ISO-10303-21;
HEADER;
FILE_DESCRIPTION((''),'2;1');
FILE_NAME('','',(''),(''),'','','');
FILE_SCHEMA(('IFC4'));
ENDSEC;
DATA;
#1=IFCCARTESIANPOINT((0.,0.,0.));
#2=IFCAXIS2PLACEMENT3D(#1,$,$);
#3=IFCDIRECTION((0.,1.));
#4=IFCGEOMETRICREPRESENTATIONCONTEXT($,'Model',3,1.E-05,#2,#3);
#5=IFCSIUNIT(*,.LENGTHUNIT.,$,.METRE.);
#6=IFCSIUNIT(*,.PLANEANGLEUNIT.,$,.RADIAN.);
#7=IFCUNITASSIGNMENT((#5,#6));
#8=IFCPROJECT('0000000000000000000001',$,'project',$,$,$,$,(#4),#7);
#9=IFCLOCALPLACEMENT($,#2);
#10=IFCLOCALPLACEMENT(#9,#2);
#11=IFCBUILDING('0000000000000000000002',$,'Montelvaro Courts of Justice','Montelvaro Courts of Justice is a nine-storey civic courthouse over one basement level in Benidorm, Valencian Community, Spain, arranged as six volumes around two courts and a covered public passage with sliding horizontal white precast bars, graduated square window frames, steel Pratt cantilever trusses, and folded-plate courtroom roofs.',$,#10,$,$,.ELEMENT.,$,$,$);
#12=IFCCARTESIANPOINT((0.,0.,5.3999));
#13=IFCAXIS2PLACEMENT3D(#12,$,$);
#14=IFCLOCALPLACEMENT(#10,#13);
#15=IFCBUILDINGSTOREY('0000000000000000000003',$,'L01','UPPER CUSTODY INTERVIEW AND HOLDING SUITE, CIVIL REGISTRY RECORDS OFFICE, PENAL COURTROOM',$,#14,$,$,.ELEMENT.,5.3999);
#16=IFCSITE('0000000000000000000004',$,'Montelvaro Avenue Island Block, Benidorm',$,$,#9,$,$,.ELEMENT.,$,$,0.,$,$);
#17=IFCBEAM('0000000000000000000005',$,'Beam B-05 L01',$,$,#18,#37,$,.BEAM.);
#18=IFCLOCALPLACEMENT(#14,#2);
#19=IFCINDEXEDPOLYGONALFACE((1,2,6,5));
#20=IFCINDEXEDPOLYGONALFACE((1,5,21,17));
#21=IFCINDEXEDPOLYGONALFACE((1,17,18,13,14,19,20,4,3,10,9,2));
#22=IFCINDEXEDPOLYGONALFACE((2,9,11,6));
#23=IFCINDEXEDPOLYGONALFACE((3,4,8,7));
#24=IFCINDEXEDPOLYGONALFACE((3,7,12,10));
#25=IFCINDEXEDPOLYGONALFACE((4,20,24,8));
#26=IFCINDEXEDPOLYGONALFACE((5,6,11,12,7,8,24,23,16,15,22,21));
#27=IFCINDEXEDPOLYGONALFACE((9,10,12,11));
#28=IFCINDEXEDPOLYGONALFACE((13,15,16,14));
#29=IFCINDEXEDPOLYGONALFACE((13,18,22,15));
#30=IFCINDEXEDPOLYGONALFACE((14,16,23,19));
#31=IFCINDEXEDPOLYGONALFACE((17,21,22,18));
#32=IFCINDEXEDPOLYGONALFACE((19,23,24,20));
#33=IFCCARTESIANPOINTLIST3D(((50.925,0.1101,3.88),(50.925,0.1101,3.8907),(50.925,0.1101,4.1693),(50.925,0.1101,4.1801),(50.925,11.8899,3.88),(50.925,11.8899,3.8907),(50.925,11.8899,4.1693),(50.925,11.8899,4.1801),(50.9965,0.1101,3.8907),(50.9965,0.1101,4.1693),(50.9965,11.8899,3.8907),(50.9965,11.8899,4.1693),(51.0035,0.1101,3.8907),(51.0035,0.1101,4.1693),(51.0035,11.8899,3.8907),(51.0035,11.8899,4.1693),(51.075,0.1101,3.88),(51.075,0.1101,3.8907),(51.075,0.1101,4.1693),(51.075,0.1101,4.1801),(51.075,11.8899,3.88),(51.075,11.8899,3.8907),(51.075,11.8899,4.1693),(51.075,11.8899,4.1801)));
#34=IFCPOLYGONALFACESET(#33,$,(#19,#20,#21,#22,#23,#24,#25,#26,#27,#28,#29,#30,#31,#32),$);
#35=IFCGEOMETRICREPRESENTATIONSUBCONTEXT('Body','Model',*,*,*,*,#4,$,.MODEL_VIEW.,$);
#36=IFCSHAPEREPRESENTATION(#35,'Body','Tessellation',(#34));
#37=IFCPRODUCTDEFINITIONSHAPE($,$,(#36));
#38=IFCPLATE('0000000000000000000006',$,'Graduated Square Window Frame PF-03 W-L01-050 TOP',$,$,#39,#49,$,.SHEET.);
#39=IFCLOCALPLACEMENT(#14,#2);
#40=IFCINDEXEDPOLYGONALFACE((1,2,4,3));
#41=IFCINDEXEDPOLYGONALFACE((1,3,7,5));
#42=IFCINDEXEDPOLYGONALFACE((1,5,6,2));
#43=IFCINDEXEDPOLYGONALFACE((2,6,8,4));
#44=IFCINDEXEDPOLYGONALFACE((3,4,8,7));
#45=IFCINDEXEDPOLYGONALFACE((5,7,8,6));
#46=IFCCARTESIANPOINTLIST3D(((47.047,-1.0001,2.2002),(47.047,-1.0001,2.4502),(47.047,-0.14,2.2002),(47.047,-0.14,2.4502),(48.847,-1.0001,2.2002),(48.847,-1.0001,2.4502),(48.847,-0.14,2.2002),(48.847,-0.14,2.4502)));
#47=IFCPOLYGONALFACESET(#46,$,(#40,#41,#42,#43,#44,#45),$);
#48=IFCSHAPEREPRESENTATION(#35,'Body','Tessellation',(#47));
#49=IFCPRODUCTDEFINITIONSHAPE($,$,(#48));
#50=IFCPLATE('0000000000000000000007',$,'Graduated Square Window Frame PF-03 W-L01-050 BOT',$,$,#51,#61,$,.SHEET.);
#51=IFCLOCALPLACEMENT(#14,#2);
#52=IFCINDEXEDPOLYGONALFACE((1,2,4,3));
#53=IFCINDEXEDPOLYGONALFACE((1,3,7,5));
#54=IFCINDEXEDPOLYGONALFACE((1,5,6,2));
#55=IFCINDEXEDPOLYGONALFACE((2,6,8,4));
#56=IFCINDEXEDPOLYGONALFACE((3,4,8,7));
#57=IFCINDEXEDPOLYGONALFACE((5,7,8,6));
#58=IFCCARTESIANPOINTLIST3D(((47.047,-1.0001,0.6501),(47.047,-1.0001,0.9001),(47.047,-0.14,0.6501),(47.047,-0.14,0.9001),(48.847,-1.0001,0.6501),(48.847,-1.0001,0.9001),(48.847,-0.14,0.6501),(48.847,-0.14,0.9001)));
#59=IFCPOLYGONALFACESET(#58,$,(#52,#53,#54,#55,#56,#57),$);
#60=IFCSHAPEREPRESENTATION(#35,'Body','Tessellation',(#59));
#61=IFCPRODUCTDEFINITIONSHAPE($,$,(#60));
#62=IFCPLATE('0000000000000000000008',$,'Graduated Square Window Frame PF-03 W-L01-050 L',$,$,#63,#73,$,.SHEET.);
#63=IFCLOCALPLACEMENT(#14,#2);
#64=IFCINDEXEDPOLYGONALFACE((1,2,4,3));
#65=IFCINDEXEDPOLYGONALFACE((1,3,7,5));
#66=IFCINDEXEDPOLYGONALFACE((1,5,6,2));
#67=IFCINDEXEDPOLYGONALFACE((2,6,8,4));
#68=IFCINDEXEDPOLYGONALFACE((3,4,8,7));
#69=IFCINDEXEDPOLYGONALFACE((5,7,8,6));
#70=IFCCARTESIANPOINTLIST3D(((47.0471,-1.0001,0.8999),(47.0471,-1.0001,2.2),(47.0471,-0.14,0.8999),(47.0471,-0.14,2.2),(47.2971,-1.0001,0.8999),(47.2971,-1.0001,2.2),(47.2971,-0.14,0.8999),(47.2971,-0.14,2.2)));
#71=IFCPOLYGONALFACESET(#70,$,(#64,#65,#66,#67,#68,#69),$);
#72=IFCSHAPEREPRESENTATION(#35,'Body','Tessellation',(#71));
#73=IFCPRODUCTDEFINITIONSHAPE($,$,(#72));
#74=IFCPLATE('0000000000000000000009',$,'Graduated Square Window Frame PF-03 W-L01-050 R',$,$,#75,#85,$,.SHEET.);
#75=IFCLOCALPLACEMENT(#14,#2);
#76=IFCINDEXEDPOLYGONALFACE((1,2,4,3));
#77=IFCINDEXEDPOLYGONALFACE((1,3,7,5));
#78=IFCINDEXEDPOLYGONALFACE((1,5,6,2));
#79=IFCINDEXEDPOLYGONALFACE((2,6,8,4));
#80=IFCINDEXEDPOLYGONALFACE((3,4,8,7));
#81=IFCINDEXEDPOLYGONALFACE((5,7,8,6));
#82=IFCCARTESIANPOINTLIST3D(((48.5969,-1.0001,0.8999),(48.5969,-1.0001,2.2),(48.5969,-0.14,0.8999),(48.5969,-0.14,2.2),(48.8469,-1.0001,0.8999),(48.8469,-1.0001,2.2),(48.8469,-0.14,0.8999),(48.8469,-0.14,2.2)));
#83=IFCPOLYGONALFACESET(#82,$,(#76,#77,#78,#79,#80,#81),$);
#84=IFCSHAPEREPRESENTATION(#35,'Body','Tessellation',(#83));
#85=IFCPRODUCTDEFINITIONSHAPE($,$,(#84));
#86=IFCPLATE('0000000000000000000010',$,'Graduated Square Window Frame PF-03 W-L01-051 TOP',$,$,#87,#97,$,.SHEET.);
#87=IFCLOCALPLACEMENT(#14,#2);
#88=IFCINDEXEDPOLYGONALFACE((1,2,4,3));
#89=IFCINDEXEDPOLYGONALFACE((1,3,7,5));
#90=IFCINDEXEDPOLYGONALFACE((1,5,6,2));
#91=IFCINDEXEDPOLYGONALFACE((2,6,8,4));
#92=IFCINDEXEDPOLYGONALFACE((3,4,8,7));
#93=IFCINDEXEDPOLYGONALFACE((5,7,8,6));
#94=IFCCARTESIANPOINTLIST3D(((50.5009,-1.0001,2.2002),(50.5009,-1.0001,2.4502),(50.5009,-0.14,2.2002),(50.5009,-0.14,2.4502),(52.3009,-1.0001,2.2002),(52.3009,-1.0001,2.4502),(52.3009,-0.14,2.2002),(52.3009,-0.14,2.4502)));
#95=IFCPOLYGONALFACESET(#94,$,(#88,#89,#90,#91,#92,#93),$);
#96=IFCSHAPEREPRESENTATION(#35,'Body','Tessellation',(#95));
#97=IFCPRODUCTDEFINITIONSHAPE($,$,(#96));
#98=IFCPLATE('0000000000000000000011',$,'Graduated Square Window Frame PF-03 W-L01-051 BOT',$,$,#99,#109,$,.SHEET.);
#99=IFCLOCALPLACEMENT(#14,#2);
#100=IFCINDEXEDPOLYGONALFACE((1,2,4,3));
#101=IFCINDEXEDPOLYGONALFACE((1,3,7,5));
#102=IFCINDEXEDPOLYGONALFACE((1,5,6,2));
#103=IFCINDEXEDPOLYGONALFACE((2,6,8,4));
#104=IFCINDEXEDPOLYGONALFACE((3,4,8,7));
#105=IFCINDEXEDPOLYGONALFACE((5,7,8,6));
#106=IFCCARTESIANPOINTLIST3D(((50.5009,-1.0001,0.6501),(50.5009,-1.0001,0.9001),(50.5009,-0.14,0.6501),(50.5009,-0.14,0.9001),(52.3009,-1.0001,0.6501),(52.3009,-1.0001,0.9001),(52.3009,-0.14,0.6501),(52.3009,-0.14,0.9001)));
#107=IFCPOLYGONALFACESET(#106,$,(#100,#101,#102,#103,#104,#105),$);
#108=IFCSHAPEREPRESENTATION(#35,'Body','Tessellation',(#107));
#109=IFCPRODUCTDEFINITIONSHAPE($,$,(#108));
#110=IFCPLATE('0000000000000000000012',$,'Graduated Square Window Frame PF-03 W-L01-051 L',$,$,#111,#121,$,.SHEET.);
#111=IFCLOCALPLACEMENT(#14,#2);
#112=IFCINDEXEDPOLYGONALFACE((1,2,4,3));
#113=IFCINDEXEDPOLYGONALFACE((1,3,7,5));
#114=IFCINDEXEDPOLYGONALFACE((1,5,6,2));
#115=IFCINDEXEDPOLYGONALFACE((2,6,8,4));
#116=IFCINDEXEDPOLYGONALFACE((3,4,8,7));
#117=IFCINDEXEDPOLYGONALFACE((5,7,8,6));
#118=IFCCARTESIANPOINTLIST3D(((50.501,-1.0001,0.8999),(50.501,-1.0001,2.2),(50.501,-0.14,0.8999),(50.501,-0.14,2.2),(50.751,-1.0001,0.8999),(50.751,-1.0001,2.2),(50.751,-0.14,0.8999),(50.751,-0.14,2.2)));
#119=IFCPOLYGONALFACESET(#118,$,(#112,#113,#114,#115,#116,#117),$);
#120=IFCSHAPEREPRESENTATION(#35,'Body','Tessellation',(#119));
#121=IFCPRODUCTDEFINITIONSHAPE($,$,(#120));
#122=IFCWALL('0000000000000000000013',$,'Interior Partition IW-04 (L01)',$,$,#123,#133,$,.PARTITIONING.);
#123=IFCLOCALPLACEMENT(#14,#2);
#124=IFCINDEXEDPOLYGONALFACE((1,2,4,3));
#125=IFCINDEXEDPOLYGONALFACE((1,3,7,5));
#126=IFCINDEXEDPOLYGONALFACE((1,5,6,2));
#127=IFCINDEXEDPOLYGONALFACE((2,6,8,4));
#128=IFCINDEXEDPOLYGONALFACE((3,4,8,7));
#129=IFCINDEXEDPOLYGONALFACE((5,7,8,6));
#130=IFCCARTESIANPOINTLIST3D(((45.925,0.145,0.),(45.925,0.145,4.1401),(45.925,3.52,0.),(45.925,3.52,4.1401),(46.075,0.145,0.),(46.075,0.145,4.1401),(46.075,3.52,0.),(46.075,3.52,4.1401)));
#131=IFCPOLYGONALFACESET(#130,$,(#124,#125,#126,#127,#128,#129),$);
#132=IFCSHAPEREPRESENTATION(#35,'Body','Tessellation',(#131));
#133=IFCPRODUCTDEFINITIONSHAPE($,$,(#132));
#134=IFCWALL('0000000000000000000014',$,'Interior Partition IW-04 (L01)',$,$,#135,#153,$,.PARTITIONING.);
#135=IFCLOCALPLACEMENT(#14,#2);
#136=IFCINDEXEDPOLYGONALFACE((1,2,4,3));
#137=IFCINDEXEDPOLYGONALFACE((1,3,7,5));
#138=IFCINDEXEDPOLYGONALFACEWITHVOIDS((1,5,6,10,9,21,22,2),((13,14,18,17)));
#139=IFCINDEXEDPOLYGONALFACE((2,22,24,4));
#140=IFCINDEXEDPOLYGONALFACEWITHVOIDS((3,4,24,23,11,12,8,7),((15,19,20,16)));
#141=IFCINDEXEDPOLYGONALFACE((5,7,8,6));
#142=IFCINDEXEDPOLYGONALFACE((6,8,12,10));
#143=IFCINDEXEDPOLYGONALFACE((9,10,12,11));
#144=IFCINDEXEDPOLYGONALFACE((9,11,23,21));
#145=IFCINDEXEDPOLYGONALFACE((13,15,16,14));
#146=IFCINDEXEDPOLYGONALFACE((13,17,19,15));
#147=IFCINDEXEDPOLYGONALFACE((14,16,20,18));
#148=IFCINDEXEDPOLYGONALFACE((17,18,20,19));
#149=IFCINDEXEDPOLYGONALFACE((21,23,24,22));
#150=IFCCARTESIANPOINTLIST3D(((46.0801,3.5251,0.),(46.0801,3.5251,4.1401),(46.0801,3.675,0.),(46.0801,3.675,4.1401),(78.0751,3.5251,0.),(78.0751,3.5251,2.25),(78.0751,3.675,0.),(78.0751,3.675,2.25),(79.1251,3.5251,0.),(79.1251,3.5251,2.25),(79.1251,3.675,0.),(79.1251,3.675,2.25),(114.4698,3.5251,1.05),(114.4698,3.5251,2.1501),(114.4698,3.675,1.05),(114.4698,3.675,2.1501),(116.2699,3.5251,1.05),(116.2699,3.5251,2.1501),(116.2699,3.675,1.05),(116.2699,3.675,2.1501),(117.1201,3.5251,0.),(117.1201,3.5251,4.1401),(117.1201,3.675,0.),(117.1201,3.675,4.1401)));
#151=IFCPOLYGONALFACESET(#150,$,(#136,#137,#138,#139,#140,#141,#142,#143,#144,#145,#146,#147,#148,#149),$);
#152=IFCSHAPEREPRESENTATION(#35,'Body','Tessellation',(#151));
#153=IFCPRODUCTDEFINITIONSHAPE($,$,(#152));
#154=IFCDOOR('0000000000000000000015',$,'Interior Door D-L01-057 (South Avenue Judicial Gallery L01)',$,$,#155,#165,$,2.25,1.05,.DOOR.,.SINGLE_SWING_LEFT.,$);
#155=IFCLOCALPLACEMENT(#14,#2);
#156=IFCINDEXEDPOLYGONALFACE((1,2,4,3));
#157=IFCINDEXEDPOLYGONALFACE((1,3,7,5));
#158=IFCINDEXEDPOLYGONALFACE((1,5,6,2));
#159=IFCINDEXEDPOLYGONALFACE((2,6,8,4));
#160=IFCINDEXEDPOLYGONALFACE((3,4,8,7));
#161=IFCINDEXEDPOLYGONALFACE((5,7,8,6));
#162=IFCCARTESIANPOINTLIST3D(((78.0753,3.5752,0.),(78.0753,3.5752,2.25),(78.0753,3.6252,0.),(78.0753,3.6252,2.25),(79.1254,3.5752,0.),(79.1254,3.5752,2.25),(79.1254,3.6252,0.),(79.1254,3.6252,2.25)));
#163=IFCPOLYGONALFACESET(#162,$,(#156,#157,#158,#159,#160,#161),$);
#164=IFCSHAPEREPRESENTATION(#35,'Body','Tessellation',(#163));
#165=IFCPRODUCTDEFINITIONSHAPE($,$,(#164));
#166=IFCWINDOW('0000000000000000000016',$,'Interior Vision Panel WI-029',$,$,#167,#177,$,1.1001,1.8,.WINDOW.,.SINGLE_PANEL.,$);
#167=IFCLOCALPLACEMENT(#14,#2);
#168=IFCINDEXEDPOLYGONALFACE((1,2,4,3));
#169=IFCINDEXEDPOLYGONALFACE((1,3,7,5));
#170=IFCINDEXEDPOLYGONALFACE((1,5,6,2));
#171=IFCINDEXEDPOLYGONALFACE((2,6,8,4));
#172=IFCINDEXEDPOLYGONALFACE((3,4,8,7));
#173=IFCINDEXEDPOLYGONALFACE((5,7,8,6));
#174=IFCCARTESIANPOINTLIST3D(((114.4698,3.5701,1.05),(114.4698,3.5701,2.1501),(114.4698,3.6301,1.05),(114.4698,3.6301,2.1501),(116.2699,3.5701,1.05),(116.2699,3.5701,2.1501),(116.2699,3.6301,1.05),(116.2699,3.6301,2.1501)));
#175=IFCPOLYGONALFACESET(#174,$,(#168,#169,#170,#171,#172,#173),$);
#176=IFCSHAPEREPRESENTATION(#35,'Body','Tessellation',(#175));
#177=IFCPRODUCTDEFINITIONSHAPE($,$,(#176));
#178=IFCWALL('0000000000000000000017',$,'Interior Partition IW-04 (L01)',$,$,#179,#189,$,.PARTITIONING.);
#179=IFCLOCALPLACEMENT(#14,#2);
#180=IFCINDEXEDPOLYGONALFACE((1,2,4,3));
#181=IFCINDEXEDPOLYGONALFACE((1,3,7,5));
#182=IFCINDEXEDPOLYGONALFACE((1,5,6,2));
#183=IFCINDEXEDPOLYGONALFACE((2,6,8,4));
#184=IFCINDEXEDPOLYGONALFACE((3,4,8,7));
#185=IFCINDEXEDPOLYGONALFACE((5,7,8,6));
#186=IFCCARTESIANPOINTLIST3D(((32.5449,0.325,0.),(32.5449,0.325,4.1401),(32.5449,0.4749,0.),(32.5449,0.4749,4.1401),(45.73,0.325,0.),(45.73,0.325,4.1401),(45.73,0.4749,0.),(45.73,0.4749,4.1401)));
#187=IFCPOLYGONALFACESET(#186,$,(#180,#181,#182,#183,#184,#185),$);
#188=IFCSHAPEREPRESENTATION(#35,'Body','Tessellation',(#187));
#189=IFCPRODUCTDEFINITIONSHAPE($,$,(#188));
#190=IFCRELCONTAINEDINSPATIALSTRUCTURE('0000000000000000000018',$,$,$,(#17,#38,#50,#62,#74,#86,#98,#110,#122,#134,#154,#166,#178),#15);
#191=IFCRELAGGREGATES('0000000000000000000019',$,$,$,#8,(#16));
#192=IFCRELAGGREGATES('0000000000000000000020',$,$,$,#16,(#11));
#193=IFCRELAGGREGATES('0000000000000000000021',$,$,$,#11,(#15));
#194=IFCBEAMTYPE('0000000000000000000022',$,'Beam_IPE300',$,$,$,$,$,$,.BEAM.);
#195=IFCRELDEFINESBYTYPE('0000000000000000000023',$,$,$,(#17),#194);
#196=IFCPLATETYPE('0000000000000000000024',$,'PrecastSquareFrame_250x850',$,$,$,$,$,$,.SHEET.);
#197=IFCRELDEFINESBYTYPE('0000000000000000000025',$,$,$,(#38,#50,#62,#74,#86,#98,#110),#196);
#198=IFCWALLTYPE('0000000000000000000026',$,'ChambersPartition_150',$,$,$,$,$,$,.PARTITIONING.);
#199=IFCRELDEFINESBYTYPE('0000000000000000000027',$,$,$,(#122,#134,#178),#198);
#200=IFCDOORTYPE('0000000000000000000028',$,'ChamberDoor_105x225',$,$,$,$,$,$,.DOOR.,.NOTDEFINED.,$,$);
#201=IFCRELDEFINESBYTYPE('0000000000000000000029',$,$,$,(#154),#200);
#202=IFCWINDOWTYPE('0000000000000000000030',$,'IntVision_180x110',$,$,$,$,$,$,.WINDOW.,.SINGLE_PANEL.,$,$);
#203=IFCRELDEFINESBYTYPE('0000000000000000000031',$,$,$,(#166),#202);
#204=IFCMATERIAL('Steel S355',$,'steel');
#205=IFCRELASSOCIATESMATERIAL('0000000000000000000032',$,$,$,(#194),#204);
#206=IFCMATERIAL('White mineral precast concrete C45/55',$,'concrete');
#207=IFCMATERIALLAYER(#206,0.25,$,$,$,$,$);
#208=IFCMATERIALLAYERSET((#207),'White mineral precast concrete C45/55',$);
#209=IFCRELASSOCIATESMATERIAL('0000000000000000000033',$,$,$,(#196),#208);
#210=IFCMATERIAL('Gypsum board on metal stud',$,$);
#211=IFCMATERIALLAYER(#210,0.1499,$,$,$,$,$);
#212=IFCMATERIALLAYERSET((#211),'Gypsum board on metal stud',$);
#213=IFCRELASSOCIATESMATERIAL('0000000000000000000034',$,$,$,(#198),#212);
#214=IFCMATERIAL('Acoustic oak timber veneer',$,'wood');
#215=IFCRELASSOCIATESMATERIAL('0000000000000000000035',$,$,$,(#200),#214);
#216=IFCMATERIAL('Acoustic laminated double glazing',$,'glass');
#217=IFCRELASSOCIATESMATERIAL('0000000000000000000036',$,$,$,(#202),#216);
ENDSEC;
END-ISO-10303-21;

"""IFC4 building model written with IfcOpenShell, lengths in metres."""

from ifc_helpers import new_model, si_unit, direction, frame, frame_2d, origin, origin_2d, place, context, subcontext, project, spatial, rectangle, i_section, extrude, material, layer, layer_set, material_profile, profile_set, type_object, element, fill, save


model = new_model("IFC4")

# Units and contexts
model_context = context("Model", 3, precision=1e-05, world=origin(), true_north=direction((0.0, 1.0)))
body_context = subcontext(model_context, "Body", "Model", "MODEL_VIEW")
ifc_project = project(units=[si_unit("LENGTHUNIT", "METRE"), si_unit("PLANEANGLEUNIT", "RADIAN")], contexts=[model_context])

# Site, building, storey
site_placement = place(None, origin())
site = spatial("IfcSite", under=ifc_project, at=site_placement, Name="Montelvaro Avenue Island Block, Benidorm", CompositionType="ELEMENT", RefElevation=0.0)
building_placement = place(site_placement, origin())
building = spatial("IfcBuilding", under=site, at=building_placement, Name="Montelvaro Courts of Justice", Description="Montelvaro Courts of Justice is a nine-storey civic courthouse over one basement level in Benidorm, Valencian Community, Spain, arranged as six volumes around two courts and a covered public passage with sliding horizontal white precast bars, graduated square window frames, steel Pratt cantilever trusses, and folded-plate courtroom roofs.", CompositionType="ELEMENT")
storey_placement = place(building_placement, frame((0.0, 0.0, 5.3999)))
storey = spatial("IfcBuildingStorey", under=building, at=storey_placement, Name="L01", Description="UPPER CUSTODY INTERVIEW AND HOLDING SUITE, CIVIL REGISTRY RECORDS OFFICE, PENAL COURTROOM", CompositionType="ELEMENT", Elevation=5.3999)

# Beam
ifc_material_1 = material(Name="Steel S355", Category="steel")
ifc_material_profile = material_profile(ifc_material_1, i_section(OverallWidth=0.1499, OverallDepth=0.3, WebThickness=0.0071, FlangeThickness=0.0107, at=origin_2d()), Name="IPE 300")
ifc_profile_set = profile_set([ifc_material_profile], Name="Steel S355")
beam_type = type_object("IfcBeamType", Name="Beam_IPE300", PredefinedType="BEAM", material=ifc_profile_set)
beam_placement = place(storey_placement, frame((51.0, 0.1101, 4.03), z_axis=(0.0, 1.0, 0.0), x_axis=(-1.0, 0.0, 0.0)))
element("IfcBeam", 1, at=beam_placement, inside=storey, type_object=beam_type, Name="Beam B-05 L01", PredefinedType="BEAM", context=body_context, shape_type="SweptSolid", body=[
    extrude(i_section(OverallWidth=0.1499, OverallDepth=0.3, WebThickness=0.0071, FlangeThickness=0.0107, at=origin_2d()), origin(), (0.0, 0.0, 1.0), 11.7798),
])

# Plates
ifc_material_2 = material(Name="White mineral precast concrete C45/55", Category="concrete")
ifc_layer_1 = layer(ifc_material_2, 0.25)
ifc_layer_set_1 = layer_set([ifc_layer_1], Name="White mineral precast concrete C45/55")
plate_type = type_object("IfcPlateType", Name="PrecastSquareFrame_250x850", PredefinedType="SHEET", material=ifc_layer_set_1)
for number, where, z_axis, x_axis, name in (
    (2, (47.947, -0.5701, 2.2002), (0.0, 0.0, 1.0), (1.0, 0.0, 0.0), "Graduated Square Window Frame PF-03 W-L01-050 TOP"),
    (3, (47.947, -0.5701, 0.6501), (0.0, 0.0, 1.0), (1.0, 0.0, 0.0), "Graduated Square Window Frame PF-03 W-L01-050 BOT"),
):
    element("IfcPlate", number, at=place(storey_placement, frame(where, z_axis=z_axis, x_axis=x_axis)), inside=storey, type_object=plate_type, Name=name, PredefinedType="SHEET", context=body_context, shape_type="SweptSolid", body=[
        extrude(rectangle(XDim=1.8, YDim=0.8601, at=origin_2d()), origin(), (0.0, 0.0, 1.0), 0.25),
    ])
for number, where, z_axis, x_axis, name in (
    (4, (47.1721, -0.5701, 0.8999), (0.0, 0.0, 1.0), (1.0, 0.0, 0.0), "Graduated Square Window Frame PF-03 W-L01-050 L"),
    (5, (48.7219, -0.5701, 0.8999), (0.0, 0.0, 1.0), (1.0, 0.0, 0.0), "Graduated Square Window Frame PF-03 W-L01-050 R"),
):
    element("IfcPlate", number, at=place(storey_placement, frame(where, z_axis=z_axis, x_axis=x_axis)), inside=storey, type_object=plate_type, Name=name, PredefinedType="SHEET", context=body_context, shape_type="SweptSolid", body=[
        extrude(rectangle(XDim=0.25, YDim=0.8601, at=origin_2d()), origin(), (0.0, 0.0, 1.0), 1.3),
    ])
for number, where, z_axis, x_axis, name in (
    (6, (51.4009, -0.5701, 2.2002), (0.0, 0.0, 1.0), (1.0, 0.0, 0.0), "Graduated Square Window Frame PF-03 W-L01-051 TOP"),
    (7, (51.4009, -0.5701, 0.6501), (0.0, 0.0, 1.0), (1.0, 0.0, 0.0), "Graduated Square Window Frame PF-03 W-L01-051 BOT"),
):
    element("IfcPlate", number, at=place(storey_placement, frame(where, z_axis=z_axis, x_axis=x_axis)), inside=storey, type_object=plate_type, Name=name, PredefinedType="SHEET", context=body_context, shape_type="SweptSolid", body=[
        extrude(rectangle(XDim=1.8, YDim=0.8601, at=origin_2d()), origin(), (0.0, 0.0, 1.0), 0.25),
    ])
plate_placement = place(storey_placement, frame((50.626, -0.5701, 0.8999), z_axis=(0.0, 0.0, 1.0), x_axis=(1.0, 0.0, 0.0)))
element("IfcPlate", 8, at=plate_placement, inside=storey, type_object=plate_type, Name="Graduated Square Window Frame PF-03 W-L01-051 L", PredefinedType="SHEET", context=body_context, shape_type="SweptSolid", body=[
    extrude(rectangle(XDim=0.25, YDim=0.8601, at=origin_2d()), origin(), (0.0, 0.0, 1.0), 1.3),
])

# Wall
ifc_material_3 = material(Name="Gypsum board on metal stud")
ifc_layer_2 = layer(ifc_material_3, 0.1499)
ifc_layer_set_2 = layer_set([ifc_layer_2], Name="Gypsum board on metal stud")
wall_type_1 = type_object("IfcWallType", Name="ChambersPartition_150", PredefinedType="PARTITIONING", material=ifc_layer_set_2)
wall_1_placement = place(storey_placement, frame((46.0, 0.145, 0.0), z_axis=(0.0, 0.0, 1.0), x_axis=(0.0, 1.0, 0.0)))
element("IfcWall", 9, at=wall_1_placement, inside=storey, type_object=wall_type_1, Name="Interior Partition IW-04 (L01)", PredefinedType="PARTITIONING", context=body_context, shape_type="SweptSolid", body=[
    extrude(rectangle(XDim=3.375, YDim=0.1499, at=frame_2d((1.6875, 0.0))), origin(), (0.0, 0.0, 1.0), 4.1401),
])

# Wall, openings, door, window
wall_2_placement = place(storey_placement, frame((46.0801, 3.6001, 0.0), z_axis=(0.0, 0.0, 1.0), x_axis=(1.0, 0.0, 0.0)))
wall_2 = element("IfcWall", 10, at=wall_2_placement, inside=storey, type_object=wall_type_1, Name="Interior Partition IW-04 (L01)", PredefinedType="PARTITIONING", context=body_context, shape_type="SweptSolid", body=[
    extrude(rectangle(XDim=71.04, YDim=0.1499, at=frame_2d((35.52, 0.0))), origin(), (0.0, 0.0, 1.0), 4.1401),
])
opening_1_placement = place(wall_2_placement, frame((31.9951, 0.0, 0.0)))
opening_1 = element("IfcOpeningElement", 11, at=opening_1_placement, cuts=wall_2, PredefinedType="OPENING", context=body_context, shape_type="SweptSolid", body=[
    extrude(rectangle(XDim=1.05, YDim=2.25, at=frame_2d((0.5249, 1.125))), frame((0.0, 0.0898, 0.0), z_axis=(0.0, -1.0, 0.0), x_axis=(1.0, 0.0, 0.0)), (0.0, 0.0, 1.0), 0.1797),
])
opening_2_placement = place(wall_2_placement, frame((68.3899, 0.0, 1.05)))
opening_2 = element("IfcOpeningElement", 12, at=opening_2_placement, cuts=wall_2, PredefinedType="OPENING", context=body_context, shape_type="SweptSolid", body=[
    extrude(rectangle(XDim=1.8, YDim=1.1001, at=frame_2d((0.8999, 0.55))), frame((0.0, 0.0898, 0.0), z_axis=(0.0, -1.0, 0.0), x_axis=(1.0, 0.0, 0.0)), (0.0, 0.0, 1.0), 0.1797),
])
ifc_material_4 = material(Name="Acoustic oak timber veneer", Category="wood")
door_type_1 = type_object("IfcDoorType", Name="ChamberDoor_105x225", OperationType="NOTDEFINED", PredefinedType="DOOR", material=ifc_material_4)
door_1_placement = place(opening_1_placement, frame((1.05, 0.0, 0.0), z_axis=(0.0, 0.0, 1.0), x_axis=(-1.0, 0.0, 0.0)))
door_1 = element("IfcDoor", 13, at=door_1_placement, inside=storey, type_object=door_type_1, Name="Interior Door D-L01-057 (South Avenue Judicial Gallery L01)", OperationType="SINGLE_SWING_LEFT", OverallHeight=2.25, OverallWidth=1.05, PredefinedType="DOOR", context=body_context, shape_type="SweptSolid", body=[
    extrude(rectangle(XDim=1.05, YDim=2.25, at=frame_2d((0.5249, 1.125))), frame((0.0, 0.0249, 0.0), z_axis=(0.0, -1.0, 0.0), x_axis=(1.0, 0.0, 0.0)), (0.0, 0.0, 1.0), 0.05),
])
fill(opening_1, door_1)
ifc_material_5 = material(Name="Acoustic laminated double glazing", Category="glass")
window_type_1 = type_object("IfcWindowType", Name="IntVision_180x110", PartitioningType="SINGLE_PANEL", PredefinedType="WINDOW", material=ifc_material_5)
window_1_placement = place(opening_2_placement, origin())
window_1 = element("IfcWindow", 14, at=window_1_placement, inside=storey, type_object=window_type_1, Name="Interior Vision Panel WI-029", OverallHeight=1.1001, OverallWidth=1.8, PartitioningType="SINGLE_PANEL", PredefinedType="WINDOW", context=body_context, shape_type="SweptSolid", body=[
    extrude(rectangle(XDim=1.8, YDim=1.1001, at=frame_2d((0.8999, 0.55))), frame((0.0, 0.03, 0.0), z_axis=(0.0, -1.0, 0.0), x_axis=(1.0, 0.0, 0.0)), (0.0, 0.0, 1.0), 0.0601),
])
fill(opening_2, window_1)

# Wall
wall_3_placement = place(storey_placement, frame((45.73, 0.3999, 0.0), z_axis=(0.0, 0.0, 1.0), x_axis=(-1.0, 0.0, 0.0)))
element("IfcWall", 15, at=wall_3_placement, inside=storey, type_object=wall_type_1, Name="Interior Partition IW-04 (L01)", PredefinedType="PARTITIONING", context=body_context, shape_type="SweptSolid", body=[
    extrude(rectangle(XDim=13.1851, YDim=0.1499, at=frame_2d((6.5925, 0.0))), origin(), (0.0, 0.0, 1.0), 4.1401),
])

save(model, "model.ifc")
